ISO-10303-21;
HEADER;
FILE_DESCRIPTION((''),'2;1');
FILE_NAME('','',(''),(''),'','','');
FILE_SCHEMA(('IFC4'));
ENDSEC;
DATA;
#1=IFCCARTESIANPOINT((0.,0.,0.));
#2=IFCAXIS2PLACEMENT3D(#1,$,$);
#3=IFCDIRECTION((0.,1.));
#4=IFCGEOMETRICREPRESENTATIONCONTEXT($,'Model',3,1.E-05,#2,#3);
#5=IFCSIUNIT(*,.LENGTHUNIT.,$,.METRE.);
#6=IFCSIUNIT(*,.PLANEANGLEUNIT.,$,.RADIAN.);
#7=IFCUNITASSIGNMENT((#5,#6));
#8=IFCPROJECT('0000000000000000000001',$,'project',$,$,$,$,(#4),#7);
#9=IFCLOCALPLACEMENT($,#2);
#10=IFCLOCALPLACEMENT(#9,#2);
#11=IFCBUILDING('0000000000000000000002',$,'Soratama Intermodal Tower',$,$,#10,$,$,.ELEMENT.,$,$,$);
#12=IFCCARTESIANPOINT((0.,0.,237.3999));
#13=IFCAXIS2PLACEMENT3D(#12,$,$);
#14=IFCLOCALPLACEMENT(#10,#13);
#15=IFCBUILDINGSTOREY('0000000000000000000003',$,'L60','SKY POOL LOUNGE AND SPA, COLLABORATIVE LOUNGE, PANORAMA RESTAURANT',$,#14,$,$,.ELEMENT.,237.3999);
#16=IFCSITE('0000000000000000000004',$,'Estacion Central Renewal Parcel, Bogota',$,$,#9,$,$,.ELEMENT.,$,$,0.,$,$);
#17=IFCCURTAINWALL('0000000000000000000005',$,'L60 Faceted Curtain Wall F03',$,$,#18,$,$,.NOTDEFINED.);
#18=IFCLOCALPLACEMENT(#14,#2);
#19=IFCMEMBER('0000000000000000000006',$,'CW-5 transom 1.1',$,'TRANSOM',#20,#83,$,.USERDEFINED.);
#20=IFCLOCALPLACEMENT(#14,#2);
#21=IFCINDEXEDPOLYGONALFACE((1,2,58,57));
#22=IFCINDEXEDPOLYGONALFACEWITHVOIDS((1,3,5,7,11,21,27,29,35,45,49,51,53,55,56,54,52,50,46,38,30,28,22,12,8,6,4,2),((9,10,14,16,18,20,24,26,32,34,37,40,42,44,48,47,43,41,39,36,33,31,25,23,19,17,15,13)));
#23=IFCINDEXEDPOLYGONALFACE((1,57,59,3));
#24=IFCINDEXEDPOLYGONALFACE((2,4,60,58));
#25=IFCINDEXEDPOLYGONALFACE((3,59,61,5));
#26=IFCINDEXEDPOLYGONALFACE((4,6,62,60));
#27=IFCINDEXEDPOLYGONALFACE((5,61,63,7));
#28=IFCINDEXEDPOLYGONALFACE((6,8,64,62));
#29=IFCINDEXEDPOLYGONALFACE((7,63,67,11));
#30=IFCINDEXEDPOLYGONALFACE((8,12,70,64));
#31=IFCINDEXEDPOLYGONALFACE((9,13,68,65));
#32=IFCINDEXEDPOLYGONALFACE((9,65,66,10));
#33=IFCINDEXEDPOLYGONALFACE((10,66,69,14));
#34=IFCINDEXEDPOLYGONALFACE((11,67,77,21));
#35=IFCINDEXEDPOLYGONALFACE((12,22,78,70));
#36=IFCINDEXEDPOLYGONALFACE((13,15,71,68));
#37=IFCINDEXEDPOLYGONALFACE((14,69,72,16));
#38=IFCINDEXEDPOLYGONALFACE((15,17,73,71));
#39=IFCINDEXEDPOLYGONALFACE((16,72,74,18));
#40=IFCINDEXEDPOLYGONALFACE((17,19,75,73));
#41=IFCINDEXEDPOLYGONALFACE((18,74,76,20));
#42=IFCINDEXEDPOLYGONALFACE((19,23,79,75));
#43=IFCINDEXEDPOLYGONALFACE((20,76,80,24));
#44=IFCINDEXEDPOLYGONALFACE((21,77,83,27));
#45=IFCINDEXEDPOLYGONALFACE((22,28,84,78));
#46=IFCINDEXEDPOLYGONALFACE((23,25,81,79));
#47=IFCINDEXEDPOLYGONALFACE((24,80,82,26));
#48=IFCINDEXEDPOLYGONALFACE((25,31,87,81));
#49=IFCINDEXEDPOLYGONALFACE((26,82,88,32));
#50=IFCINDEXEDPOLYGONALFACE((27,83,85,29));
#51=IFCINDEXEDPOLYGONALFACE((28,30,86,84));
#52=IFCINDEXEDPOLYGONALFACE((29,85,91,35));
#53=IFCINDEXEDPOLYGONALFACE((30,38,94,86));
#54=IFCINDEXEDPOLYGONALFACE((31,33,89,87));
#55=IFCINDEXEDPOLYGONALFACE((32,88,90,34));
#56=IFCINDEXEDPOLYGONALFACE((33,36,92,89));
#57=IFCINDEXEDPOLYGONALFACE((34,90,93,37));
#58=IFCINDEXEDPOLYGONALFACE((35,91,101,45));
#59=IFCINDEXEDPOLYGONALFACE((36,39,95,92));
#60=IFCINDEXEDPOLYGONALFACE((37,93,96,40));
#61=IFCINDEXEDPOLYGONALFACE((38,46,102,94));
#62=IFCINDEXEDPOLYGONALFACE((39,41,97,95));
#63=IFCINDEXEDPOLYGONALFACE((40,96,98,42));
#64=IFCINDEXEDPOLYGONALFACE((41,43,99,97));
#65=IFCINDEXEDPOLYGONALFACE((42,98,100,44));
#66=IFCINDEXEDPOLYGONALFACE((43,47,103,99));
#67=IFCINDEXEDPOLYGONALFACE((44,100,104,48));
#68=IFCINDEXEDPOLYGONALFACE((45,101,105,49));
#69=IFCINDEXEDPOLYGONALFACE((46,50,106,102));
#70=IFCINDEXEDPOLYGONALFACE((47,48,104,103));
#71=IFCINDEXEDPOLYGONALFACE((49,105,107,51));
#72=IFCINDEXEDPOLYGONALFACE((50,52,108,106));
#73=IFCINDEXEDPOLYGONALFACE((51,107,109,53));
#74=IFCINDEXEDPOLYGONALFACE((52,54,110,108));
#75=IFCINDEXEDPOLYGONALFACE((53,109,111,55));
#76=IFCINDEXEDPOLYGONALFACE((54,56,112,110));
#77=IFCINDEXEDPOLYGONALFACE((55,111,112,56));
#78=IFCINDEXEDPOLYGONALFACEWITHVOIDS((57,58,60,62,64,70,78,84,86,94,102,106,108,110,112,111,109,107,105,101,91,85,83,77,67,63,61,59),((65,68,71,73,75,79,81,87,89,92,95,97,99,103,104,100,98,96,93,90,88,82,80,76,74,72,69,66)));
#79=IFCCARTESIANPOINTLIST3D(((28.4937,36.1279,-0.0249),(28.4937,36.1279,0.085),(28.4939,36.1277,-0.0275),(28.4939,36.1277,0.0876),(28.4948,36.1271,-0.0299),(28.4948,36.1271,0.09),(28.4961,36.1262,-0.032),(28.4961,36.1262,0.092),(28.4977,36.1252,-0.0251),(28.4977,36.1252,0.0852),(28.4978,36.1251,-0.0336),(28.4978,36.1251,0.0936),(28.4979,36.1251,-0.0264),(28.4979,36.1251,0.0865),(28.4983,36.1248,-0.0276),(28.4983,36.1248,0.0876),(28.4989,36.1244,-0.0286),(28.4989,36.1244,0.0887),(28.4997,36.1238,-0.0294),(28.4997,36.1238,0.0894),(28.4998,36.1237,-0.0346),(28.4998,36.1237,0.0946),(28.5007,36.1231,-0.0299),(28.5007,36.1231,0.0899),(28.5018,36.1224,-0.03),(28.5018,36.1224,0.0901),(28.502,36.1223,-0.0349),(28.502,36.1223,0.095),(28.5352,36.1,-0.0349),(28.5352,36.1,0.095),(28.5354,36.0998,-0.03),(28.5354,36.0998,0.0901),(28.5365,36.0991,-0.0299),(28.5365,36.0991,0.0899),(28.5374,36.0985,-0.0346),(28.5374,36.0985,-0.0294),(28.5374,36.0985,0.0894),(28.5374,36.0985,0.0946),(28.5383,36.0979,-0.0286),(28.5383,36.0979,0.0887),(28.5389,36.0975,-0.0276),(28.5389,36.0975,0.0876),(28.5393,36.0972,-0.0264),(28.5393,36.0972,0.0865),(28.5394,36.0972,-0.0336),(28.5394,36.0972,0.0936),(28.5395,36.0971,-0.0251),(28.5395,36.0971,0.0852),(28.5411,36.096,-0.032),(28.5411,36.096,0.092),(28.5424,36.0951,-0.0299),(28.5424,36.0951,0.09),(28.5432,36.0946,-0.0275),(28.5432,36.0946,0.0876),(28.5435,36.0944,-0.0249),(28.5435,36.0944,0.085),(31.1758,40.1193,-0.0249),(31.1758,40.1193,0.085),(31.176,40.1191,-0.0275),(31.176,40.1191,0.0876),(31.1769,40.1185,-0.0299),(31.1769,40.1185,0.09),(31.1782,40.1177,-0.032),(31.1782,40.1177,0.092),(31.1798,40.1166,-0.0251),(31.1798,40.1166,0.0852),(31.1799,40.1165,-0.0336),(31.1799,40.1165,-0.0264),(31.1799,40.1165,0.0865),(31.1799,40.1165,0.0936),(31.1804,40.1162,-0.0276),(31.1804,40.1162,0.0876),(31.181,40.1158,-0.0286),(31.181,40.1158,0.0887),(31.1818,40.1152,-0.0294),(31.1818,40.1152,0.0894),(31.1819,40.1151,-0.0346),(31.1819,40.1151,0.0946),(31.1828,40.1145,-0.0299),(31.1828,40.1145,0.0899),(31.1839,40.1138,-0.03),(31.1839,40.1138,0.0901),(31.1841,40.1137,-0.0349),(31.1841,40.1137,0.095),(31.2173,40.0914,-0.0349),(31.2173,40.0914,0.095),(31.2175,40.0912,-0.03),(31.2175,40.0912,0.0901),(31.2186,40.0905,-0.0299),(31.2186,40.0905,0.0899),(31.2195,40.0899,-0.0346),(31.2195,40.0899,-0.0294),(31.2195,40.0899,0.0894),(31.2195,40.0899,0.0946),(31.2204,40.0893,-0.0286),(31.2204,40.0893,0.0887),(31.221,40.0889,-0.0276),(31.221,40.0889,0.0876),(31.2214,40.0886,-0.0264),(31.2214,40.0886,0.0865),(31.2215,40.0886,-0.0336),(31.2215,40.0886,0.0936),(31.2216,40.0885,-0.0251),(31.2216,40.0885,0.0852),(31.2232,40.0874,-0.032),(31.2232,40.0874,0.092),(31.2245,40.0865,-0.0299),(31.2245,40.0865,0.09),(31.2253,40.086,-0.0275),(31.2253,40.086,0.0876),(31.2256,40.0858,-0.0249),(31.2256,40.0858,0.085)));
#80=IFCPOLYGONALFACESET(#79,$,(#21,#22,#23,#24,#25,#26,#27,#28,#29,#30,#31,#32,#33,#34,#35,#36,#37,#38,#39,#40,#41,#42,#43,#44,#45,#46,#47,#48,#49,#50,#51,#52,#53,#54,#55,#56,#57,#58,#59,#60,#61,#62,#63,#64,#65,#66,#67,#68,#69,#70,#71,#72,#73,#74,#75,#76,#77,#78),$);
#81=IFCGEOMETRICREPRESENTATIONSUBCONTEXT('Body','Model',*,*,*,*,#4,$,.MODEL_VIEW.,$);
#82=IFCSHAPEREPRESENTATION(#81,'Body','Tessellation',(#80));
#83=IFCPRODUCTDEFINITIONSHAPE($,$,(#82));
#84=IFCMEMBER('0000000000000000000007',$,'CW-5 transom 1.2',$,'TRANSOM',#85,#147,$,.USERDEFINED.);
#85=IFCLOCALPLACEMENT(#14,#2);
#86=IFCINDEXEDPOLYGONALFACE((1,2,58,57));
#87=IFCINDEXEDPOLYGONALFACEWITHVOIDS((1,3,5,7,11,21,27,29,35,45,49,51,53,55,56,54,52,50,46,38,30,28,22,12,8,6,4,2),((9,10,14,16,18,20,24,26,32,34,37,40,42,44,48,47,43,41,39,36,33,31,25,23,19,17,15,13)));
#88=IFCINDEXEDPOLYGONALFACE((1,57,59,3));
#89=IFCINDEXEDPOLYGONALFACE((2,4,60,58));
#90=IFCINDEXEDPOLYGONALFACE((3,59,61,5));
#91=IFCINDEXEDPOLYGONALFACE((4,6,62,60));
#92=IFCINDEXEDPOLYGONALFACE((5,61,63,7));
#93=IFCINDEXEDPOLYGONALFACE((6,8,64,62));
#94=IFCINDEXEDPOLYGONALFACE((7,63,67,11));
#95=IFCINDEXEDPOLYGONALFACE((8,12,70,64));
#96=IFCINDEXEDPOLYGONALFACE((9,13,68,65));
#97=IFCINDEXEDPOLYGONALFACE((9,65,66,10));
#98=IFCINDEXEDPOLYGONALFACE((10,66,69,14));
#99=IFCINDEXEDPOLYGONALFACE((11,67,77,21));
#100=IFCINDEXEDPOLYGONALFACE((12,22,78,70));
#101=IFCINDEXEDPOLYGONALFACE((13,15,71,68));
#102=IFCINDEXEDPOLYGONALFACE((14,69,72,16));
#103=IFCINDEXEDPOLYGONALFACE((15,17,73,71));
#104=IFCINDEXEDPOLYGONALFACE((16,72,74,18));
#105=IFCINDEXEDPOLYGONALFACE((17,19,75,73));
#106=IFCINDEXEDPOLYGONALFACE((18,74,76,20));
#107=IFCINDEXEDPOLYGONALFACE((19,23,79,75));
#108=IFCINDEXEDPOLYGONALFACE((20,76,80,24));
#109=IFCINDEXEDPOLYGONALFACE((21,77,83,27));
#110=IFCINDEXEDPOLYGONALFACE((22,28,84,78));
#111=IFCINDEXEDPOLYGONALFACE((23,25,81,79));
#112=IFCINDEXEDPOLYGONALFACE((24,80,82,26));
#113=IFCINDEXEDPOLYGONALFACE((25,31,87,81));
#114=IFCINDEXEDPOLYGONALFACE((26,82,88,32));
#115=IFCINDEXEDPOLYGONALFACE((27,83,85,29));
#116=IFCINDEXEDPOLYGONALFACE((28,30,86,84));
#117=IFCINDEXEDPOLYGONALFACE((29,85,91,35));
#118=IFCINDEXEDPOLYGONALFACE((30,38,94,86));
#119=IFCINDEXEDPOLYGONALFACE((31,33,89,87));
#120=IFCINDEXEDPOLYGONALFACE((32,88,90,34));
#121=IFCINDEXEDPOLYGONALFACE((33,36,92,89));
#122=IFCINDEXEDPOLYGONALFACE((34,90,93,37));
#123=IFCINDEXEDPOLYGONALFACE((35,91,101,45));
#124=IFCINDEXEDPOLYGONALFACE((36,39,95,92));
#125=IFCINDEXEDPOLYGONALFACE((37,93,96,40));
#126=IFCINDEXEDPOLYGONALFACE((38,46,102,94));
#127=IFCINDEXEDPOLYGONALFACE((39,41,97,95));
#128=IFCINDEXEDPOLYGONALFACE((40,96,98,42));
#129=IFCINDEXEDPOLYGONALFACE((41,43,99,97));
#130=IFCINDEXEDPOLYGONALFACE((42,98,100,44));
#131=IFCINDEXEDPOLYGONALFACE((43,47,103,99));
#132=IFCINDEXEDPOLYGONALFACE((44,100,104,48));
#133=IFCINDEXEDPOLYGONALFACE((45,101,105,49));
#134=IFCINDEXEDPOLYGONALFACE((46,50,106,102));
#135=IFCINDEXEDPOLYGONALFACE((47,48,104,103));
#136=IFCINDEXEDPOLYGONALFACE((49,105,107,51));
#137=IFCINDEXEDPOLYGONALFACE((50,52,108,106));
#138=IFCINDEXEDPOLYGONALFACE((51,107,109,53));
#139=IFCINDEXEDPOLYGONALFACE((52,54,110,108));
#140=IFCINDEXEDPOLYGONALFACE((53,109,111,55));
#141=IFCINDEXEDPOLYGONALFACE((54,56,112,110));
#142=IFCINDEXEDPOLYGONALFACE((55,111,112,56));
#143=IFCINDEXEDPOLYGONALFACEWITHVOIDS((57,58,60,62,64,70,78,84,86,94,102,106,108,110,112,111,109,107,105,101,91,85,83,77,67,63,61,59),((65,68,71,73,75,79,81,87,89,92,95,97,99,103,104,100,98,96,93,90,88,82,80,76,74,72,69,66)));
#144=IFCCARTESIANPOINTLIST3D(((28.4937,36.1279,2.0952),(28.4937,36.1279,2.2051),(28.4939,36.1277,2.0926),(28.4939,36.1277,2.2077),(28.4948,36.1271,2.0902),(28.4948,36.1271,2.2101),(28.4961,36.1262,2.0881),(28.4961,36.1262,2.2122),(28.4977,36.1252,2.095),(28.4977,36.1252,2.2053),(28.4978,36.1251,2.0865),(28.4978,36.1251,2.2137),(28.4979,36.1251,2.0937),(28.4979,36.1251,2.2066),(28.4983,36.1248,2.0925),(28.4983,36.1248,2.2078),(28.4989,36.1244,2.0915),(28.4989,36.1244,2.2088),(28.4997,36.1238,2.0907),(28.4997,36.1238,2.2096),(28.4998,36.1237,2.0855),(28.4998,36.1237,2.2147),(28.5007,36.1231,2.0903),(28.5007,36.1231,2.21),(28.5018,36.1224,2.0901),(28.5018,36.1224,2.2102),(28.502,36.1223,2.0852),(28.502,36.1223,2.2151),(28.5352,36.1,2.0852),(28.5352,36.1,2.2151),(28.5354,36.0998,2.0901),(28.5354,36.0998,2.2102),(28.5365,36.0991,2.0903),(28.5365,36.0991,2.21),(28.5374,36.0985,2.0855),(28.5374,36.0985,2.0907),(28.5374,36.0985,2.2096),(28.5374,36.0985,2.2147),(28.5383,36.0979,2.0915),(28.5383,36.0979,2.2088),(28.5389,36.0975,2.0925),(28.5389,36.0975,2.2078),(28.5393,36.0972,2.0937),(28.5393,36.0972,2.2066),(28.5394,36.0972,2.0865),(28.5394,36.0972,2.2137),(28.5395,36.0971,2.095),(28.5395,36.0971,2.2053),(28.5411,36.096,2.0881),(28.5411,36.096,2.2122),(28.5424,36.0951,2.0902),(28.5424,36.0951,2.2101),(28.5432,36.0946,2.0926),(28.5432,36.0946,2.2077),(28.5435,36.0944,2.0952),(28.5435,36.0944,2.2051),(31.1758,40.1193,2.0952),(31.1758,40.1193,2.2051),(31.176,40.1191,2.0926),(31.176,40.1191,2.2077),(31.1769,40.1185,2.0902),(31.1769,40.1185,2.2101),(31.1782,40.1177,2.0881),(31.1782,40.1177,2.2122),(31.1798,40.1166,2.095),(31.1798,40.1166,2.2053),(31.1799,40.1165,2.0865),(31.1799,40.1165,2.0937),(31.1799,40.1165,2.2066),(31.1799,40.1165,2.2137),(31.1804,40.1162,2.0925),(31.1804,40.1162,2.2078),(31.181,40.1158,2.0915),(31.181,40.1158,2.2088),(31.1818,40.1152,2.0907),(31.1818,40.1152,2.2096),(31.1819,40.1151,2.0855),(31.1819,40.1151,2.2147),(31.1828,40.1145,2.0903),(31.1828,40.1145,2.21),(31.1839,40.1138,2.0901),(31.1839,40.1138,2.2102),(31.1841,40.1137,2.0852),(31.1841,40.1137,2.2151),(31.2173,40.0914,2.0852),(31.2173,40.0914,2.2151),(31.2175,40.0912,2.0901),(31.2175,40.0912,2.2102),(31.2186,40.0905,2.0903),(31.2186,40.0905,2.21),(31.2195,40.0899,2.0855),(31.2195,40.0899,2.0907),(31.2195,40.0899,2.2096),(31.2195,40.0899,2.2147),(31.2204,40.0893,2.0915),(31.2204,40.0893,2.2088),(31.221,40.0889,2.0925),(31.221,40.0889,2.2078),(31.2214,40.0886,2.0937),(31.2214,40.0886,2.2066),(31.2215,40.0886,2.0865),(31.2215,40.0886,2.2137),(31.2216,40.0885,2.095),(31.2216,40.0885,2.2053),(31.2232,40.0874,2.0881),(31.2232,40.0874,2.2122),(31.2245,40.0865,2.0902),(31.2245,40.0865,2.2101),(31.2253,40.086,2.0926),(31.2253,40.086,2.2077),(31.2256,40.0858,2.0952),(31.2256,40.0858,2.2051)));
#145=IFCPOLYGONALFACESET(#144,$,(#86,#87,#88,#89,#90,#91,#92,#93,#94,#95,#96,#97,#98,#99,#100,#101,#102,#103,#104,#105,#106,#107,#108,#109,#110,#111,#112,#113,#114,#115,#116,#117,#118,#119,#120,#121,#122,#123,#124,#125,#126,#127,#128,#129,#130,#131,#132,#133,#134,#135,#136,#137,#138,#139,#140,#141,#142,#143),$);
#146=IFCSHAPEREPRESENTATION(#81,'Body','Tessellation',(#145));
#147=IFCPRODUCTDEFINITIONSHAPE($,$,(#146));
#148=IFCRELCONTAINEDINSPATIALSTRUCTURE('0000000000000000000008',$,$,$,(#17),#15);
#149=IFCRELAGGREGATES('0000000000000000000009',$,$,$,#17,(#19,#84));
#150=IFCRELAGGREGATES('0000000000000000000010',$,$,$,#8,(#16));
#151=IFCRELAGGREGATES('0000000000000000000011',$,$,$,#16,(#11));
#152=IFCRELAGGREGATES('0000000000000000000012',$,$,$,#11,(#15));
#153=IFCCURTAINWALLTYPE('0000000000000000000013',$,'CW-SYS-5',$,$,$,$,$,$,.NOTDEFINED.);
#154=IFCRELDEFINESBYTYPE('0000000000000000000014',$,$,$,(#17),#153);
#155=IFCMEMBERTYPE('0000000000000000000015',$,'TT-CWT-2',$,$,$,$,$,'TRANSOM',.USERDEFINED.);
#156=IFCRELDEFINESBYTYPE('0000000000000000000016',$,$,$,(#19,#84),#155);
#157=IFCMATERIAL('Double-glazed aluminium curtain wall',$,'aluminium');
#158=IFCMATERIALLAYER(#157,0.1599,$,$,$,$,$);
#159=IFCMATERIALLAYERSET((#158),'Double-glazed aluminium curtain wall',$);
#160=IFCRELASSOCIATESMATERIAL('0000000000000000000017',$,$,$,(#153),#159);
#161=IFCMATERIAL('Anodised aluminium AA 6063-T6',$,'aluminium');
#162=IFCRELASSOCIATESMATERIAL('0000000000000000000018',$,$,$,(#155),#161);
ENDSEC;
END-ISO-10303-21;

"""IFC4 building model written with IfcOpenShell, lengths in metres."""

from ifc_helpers import new_model, si_unit, direction, frame, origin, origin_2d, place, context, subcontext, project, spatial, hollow_rectangle, extrude, material, layer, layer_set, material_profile, profile_set, type_object, element, aggregate, save


model = new_model("IFC4")

# Units and contexts
model_context = context("Model", 3, precision=1e-05, world=origin(), true_north=direction((0.0, 1.0)))
body_context = subcontext(model_context, "Body", "Model", "MODEL_VIEW")
ifc_project = project(units=[si_unit("LENGTHUNIT", "METRE"), si_unit("PLANEANGLEUNIT", "RADIAN")], contexts=[model_context])

# Site, building, storey
site_placement = place(None, origin())
site = spatial("IfcSite", under=ifc_project, at=site_placement, Name="Estacion Central Renewal Parcel, Bogota", CompositionType="ELEMENT", RefElevation=0.0)
building_placement = place(site_placement, origin())
building = spatial("IfcBuilding", under=site, at=building_placement, Name="Soratama Intermodal Tower", CompositionType="ELEMENT")
storey_placement = place(building_placement, frame((0.0, 0.0, 237.3999)))
storey = spatial("IfcBuildingStorey", under=building, at=storey_placement, Name="L60", Description="SKY POOL LOUNGE AND SPA, COLLABORATIVE LOUNGE, PANORAMA RESTAURANT", CompositionType="ELEMENT", Elevation=237.3999)

# Curtain wall, members
ifc_material_1 = material(Name="Double-glazed aluminium curtain wall", Category="aluminium")
ifc_layer_1 = layer(ifc_material_1, 0.1599)
ifc_layer_set_1 = layer_set([ifc_layer_1], Name="Double-glazed aluminium curtain wall")
curtain_wall_type = type_object("IfcCurtainWallType", Name="CW-SYS-5", PredefinedType="NOTDEFINED", material=ifc_layer_set_1)
curtain_wall_placement = place(storey_placement, origin())
curtain_wall = element("IfcCurtainWall", 1, at=curtain_wall_placement, inside=storey, type_object=curtain_wall_type, Name="L60 Faceted Curtain Wall F03", PredefinedType="NOTDEFINED")
ifc_material_2 = material(Name="Anodised aluminium AA 6063-T6", Category="aluminium")
ifc_material_profile_1 = material_profile(ifc_material_2, hollow_rectangle(XDim=0.0601, YDim=0.1299, WallThickness=0.0049, InnerFilletRadius=0.0049, OuterFilletRadius=0.01, at=origin_2d()), Name="CWT130X60X5")
ifc_profile_set_1 = profile_set([ifc_material_profile_1], Name="Anodised aluminium AA 6063-T6")
member_type_1 = type_object("IfcMemberType", Name="TT-CWT-2", ElementType="TRANSOM", PredefinedType="USERDEFINED", material=ifc_profile_set_1)
member_1_placement = place(storey_placement, frame((31.2007, 40.1025, 0.03), z_axis=(-0.557743, -0.830014, 0.0), x_axis=(0.830014, -0.557743, 0.0)))
member_1 = element("IfcMember", 2, at=member_1_placement, type_object=member_type_1, Name="CW-5 transom 1.1", ObjectType="TRANSOM", PredefinedType="USERDEFINED", context=body_context, shape_type="SweptSolid", body=[
    extrude(hollow_rectangle(XDim=0.0601, YDim=0.1299, WallThickness=0.0049, InnerFilletRadius=0.0049, OuterFilletRadius=0.01, at=origin_2d()), origin(), (0.0, 0.0, 1.0), 4.8088),
])
member_2_placement = place(storey_placement, frame((31.2007, 40.1025, 2.1501), z_axis=(-0.557743, -0.830014, 0.0), x_axis=(0.830014, -0.557743, 0.0)))
member_2 = element("IfcMember", 3, at=member_2_placement, type_object=member_type_1, Name="CW-5 transom 1.2", ObjectType="TRANSOM", PredefinedType="USERDEFINED", context=body_context, shape_type="SweptSolid", body=[
    extrude(hollow_rectangle(XDim=0.0601, YDim=0.1299, WallThickness=0.0049, InnerFilletRadius=0.0049, OuterFilletRadius=0.01, at=origin_2d()), origin(), (0.0, 0.0, 1.0), 4.8088),
])
aggregate(curtain_wall, [member_1, member_2])

save(model, "model.ifc")
